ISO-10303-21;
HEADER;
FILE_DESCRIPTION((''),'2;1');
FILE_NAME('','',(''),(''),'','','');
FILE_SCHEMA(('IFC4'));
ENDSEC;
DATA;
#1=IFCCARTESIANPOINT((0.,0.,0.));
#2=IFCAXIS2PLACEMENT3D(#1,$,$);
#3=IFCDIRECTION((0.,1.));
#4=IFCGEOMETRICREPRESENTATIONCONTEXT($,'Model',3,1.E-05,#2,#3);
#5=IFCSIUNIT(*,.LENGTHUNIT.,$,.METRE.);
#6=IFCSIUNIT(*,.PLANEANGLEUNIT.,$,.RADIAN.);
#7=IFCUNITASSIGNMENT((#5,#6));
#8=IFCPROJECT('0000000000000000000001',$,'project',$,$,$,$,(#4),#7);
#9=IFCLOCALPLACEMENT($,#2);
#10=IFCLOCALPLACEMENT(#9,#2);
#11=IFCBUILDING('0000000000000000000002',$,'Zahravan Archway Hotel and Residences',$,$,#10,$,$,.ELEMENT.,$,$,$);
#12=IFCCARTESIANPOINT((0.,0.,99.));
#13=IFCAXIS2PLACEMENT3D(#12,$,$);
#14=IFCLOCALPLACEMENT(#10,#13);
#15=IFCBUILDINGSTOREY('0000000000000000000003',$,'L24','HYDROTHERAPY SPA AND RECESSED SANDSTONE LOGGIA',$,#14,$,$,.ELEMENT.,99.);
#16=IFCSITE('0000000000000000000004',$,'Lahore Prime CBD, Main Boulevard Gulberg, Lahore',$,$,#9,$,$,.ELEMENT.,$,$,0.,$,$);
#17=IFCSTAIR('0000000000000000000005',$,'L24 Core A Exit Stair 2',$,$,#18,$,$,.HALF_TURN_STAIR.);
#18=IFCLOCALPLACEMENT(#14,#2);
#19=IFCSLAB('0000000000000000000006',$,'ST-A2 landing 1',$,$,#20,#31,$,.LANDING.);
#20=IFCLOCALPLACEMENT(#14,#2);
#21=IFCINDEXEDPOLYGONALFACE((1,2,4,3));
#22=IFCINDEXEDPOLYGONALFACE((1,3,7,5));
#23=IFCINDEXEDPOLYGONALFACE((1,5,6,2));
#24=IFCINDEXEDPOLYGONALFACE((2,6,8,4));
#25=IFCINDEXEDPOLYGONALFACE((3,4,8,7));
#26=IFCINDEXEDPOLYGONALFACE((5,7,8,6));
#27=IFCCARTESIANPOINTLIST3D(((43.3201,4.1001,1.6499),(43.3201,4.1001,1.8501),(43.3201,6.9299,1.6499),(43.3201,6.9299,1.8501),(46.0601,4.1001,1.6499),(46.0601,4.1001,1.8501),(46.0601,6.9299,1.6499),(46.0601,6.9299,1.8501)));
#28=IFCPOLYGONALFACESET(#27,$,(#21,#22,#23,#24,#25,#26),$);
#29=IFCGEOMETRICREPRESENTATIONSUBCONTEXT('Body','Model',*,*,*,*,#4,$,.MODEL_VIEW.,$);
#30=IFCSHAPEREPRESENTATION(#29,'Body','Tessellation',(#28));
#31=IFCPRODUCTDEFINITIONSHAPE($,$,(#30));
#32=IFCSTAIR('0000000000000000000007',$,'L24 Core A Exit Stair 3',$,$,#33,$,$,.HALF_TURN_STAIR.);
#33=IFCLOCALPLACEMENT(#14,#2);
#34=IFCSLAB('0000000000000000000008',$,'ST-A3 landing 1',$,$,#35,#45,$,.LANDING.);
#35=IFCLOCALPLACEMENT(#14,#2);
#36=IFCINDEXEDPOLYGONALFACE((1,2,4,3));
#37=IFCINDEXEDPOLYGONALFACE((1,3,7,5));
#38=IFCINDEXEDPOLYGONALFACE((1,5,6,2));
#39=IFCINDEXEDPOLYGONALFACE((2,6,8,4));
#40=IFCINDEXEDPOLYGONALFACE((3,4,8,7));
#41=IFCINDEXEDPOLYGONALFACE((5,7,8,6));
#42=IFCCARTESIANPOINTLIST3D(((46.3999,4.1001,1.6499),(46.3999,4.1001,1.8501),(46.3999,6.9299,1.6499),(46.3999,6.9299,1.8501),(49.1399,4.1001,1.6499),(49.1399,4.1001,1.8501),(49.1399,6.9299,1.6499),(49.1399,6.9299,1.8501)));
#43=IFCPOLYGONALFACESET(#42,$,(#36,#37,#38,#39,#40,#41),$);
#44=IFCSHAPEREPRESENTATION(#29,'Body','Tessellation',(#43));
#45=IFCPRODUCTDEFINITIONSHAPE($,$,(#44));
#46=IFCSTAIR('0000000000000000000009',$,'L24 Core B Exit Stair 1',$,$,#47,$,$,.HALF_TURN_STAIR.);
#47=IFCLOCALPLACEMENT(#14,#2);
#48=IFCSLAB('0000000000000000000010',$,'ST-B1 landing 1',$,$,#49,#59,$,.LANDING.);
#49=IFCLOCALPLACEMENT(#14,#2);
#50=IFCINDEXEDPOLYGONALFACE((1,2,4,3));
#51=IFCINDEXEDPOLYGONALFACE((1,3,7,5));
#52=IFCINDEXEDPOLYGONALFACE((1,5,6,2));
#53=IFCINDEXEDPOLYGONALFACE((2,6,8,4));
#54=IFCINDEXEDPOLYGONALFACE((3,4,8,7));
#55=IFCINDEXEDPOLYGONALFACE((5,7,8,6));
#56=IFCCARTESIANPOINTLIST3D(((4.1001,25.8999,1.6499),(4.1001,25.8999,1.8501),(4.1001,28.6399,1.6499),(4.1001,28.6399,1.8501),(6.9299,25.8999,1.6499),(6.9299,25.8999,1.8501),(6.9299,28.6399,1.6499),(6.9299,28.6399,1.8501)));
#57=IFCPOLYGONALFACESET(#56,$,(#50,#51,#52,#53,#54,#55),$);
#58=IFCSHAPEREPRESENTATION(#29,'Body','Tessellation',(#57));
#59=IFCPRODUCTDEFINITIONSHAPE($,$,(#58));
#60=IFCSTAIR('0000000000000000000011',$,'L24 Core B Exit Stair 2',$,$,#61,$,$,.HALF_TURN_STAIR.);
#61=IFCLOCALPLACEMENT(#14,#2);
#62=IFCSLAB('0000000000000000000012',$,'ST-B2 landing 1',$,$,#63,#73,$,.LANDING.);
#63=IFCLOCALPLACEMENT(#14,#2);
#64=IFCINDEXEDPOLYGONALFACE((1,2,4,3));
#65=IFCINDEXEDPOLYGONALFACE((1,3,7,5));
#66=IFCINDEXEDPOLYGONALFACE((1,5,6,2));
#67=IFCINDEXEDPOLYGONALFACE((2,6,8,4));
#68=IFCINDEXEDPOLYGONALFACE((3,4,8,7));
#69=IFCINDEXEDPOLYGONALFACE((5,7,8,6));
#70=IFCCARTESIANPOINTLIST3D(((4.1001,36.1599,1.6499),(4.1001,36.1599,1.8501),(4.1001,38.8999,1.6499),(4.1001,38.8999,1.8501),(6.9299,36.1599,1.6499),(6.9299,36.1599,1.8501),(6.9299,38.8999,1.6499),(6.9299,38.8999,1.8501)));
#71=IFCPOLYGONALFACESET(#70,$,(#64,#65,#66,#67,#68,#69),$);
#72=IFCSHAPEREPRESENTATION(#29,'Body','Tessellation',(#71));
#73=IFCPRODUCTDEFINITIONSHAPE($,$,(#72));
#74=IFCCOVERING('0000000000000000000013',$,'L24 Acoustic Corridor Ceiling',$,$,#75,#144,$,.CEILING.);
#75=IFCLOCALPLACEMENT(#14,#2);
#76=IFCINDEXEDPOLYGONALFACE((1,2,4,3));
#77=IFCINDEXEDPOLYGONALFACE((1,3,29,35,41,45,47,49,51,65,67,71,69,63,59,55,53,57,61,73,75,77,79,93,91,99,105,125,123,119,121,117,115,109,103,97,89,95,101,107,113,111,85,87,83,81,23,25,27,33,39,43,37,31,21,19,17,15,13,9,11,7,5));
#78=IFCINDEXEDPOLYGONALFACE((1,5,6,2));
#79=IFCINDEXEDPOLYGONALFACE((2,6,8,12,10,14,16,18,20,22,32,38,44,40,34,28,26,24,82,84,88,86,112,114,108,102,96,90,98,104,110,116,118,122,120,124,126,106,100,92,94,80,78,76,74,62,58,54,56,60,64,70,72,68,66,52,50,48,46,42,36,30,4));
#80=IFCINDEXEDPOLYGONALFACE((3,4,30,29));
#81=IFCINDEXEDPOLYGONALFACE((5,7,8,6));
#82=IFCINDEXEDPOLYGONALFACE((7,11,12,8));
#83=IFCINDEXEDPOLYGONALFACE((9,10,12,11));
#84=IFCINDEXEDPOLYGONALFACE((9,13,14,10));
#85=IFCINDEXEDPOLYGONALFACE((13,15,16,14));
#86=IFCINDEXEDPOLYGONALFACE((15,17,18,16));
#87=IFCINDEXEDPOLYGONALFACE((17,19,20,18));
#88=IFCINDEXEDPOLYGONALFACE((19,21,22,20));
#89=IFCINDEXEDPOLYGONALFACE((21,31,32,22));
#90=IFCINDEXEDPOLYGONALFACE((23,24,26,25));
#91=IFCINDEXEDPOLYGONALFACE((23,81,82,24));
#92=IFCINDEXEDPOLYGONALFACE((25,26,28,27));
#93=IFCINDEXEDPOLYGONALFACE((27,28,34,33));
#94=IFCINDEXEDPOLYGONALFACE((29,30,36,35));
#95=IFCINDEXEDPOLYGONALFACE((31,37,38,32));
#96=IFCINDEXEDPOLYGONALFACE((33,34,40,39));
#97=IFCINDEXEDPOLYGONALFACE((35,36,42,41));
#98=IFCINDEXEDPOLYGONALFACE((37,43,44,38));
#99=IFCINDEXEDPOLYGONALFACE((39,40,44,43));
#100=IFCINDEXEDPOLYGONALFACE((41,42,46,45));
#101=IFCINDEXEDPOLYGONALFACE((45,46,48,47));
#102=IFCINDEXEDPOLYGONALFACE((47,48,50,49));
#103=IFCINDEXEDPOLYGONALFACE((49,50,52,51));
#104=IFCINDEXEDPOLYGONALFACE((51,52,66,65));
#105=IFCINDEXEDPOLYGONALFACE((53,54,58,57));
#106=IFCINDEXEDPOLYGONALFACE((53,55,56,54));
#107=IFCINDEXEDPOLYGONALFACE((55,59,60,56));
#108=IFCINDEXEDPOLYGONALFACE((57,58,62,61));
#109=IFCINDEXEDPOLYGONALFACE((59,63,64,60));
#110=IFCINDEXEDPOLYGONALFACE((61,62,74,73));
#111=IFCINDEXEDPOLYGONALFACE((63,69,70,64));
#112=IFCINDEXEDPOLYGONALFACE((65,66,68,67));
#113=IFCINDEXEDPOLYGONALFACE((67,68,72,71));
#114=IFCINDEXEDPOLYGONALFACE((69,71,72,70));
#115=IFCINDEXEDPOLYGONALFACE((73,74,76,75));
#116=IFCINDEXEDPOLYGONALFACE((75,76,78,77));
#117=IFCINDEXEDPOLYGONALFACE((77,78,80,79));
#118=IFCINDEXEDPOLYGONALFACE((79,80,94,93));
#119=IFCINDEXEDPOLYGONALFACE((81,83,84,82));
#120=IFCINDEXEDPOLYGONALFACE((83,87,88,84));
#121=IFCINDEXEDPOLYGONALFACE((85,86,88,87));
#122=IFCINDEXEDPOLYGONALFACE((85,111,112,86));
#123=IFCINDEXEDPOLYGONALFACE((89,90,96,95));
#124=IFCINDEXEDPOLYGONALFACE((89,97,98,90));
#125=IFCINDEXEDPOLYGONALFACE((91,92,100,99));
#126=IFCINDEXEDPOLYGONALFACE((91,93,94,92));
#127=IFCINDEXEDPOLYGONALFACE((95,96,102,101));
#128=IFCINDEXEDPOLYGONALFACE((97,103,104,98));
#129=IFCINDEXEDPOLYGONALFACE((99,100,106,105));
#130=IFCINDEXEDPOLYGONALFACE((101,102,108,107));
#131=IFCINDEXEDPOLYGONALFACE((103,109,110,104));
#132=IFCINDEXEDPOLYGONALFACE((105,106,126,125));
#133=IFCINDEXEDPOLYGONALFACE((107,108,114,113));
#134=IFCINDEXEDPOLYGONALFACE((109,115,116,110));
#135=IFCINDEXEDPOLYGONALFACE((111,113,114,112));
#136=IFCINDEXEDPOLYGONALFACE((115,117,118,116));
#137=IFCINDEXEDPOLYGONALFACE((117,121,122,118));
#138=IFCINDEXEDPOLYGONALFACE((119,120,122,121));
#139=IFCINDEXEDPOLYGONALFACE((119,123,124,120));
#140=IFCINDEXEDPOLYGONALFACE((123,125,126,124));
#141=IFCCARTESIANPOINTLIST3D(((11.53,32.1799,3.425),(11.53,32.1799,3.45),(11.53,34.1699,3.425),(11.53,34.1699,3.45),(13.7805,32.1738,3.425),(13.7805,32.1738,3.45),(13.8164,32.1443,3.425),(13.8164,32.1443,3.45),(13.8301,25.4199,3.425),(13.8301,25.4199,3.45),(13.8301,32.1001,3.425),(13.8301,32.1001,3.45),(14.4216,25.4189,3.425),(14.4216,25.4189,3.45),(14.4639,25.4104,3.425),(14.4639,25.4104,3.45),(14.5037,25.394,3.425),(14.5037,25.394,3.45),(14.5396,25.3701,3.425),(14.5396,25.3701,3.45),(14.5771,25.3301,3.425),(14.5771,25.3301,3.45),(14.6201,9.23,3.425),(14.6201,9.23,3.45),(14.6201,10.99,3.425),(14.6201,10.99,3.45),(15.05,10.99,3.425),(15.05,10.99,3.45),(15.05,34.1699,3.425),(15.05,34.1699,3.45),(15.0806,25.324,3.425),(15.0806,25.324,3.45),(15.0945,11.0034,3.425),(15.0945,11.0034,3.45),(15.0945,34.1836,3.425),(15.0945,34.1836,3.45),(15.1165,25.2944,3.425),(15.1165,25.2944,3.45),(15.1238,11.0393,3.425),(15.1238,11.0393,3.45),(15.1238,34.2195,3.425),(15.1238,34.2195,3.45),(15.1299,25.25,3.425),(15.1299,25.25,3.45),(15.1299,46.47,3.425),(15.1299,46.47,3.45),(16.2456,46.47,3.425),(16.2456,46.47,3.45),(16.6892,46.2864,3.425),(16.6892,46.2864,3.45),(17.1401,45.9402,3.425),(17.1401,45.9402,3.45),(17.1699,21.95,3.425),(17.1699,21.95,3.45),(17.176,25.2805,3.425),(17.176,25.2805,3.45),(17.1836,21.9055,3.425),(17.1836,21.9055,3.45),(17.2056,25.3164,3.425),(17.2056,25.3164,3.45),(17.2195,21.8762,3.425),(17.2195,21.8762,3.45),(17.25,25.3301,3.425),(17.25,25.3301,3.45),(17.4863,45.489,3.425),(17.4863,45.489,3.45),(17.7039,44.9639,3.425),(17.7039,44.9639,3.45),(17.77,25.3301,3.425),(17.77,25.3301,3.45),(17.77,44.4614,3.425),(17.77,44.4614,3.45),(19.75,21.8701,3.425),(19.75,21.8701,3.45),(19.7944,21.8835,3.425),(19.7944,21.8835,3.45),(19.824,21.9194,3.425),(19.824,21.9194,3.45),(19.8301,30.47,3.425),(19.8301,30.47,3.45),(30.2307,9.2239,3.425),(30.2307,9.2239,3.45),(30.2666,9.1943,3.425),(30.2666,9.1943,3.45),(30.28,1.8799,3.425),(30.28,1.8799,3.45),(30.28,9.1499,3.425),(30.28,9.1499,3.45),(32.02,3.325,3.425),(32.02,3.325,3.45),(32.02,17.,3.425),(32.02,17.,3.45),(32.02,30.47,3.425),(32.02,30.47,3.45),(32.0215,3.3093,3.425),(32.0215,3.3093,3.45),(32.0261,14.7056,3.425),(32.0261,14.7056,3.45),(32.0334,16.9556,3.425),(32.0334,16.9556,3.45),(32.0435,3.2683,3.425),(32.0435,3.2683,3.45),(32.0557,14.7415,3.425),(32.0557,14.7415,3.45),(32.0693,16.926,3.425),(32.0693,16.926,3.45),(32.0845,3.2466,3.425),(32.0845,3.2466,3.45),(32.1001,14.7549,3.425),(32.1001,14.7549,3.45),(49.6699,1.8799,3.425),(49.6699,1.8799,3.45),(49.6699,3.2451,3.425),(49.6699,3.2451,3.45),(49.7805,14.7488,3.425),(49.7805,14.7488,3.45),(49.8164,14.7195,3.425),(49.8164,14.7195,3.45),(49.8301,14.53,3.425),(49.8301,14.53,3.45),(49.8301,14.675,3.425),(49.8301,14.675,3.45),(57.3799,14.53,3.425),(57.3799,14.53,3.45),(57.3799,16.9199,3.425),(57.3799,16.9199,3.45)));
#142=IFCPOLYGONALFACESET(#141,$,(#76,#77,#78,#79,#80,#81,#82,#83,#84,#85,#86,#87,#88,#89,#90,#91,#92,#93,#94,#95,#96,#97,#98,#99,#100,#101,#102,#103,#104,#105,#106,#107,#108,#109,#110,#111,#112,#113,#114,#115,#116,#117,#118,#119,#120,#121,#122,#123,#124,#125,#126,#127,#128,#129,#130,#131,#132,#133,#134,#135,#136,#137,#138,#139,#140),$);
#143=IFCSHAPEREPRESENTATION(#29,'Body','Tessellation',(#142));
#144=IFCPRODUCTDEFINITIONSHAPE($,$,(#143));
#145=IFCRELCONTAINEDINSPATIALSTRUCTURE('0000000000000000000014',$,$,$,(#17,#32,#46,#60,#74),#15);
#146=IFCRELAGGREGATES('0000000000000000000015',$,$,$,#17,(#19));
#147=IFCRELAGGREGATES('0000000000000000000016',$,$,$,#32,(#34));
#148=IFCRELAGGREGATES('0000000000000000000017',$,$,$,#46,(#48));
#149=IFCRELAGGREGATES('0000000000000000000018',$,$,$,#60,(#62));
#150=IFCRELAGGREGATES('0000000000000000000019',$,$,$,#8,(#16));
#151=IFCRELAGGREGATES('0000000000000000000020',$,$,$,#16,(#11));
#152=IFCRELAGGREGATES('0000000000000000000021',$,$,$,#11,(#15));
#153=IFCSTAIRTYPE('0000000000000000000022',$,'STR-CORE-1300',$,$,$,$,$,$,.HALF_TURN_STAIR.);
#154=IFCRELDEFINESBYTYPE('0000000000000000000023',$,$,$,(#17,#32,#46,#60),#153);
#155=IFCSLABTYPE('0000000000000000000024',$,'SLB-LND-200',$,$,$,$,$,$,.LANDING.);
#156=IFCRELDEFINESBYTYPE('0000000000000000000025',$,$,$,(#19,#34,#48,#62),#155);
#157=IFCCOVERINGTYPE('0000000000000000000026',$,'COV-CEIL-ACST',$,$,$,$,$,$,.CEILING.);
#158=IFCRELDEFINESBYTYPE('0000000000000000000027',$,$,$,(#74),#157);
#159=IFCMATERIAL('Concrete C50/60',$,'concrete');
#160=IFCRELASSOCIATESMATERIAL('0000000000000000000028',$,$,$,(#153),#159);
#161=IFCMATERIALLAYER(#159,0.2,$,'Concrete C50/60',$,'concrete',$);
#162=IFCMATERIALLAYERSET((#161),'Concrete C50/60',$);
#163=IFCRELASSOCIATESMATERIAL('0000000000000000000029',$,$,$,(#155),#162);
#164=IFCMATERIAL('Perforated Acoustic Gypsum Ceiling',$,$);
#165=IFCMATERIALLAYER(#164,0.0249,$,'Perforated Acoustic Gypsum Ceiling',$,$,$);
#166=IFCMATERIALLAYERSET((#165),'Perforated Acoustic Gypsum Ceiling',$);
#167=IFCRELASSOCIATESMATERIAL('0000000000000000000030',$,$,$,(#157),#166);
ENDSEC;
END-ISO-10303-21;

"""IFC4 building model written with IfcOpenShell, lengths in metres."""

from ifc_helpers import new_model, si_unit, direction, frame, origin, place, context, subcontext, project, spatial, polyline, outline, extrude, material, layer, layer_set, type_object, element, aggregate, save


model = new_model("IFC4")

# Units and contexts
model_context = context("Model", 3, precision=1e-05, world=origin(), true_north=direction((0.0, 1.0)))
body_context = subcontext(model_context, "Body", "Model", "MODEL_VIEW")
ifc_project = project(units=[si_unit("LENGTHUNIT", "METRE"), si_unit("PLANEANGLEUNIT", "RADIAN")], contexts=[model_context])

# Site, building, storey
site_placement = place(None, origin())
site = spatial("IfcSite", under=ifc_project, at=site_placement, Name="Lahore Prime CBD, Main Boulevard Gulberg, Lahore", CompositionType="ELEMENT", RefElevation=0.0)
building_placement = place(site_placement, origin())
building = spatial("IfcBuilding", under=site, at=building_placement, Name="Zahravan Archway Hotel and Residences", CompositionType="ELEMENT")
storey_placement = place(building_placement, frame((0.0, 0.0, 99.0)))
storey = spatial("IfcBuildingStorey", under=building, at=storey_placement, Name="L24", Description="HYDROTHERAPY SPA AND RECESSED SANDSTONE LOGGIA", CompositionType="ELEMENT", Elevation=99.0)

# Stairs, slabs
ifc_material_1 = material(Name="Concrete C50/60", Category="concrete")
stair_type = type_object("IfcStairType", Name="STR-CORE-1300", PredefinedType="HALF_TURN_STAIR", material=ifc_material_1)
ifc_layer_1 = layer(ifc_material_1, 0.2, Name="Concrete C50/60", Category="concrete")
ifc_layer_set_1 = layer_set([ifc_layer_1], Name="Concrete C50/60")
slab_type_1 = type_object("IfcSlabType", Name="SLB-LND-200", PredefinedType="LANDING", material=ifc_layer_set_1)
stair_1_placement = place(storey_placement, origin())
stair_1 = element("IfcStair", 1, at=stair_1_placement, inside=storey, type_object=stair_type, Name="L24 Core A Exit Stair 2", PredefinedType="HALF_TURN_STAIR")
slab_1_placement = place(storey_placement, frame((0.0, 0.0, 1.6499)))
slab_1 = element("IfcSlab", 2, at=slab_1_placement, type_object=slab_type_1, Name="ST-A2 landing 1", PredefinedType="LANDING", context=body_context, shape_type="SweptSolid", body=[
    extrude(outline(polyline([(43.3201, 6.9299), (43.3201, 4.1001), (46.0601, 4.1001), (46.0601, 6.9299), (43.3201, 6.9299)])), origin(), (0.0, 0.0, 1.0), 0.2002),
])
aggregate(stair_1, [slab_1])
stair_2_placement = place(storey_placement, origin())
stair_2 = element("IfcStair", 3, at=stair_2_placement, inside=storey, type_object=stair_type, Name="L24 Core A Exit Stair 3", PredefinedType="HALF_TURN_STAIR")
slab_2_placement = place(storey_placement, frame((0.0, 0.0, 1.6499)))
slab_2 = element("IfcSlab", 4, at=slab_2_placement, type_object=slab_type_1, Name="ST-A3 landing 1", PredefinedType="LANDING", context=body_context, shape_type="SweptSolid", body=[
    extrude(outline(polyline([(46.3999, 6.9299), (46.3999, 4.1001), (49.1399, 4.1001), (49.1399, 6.9299), (46.3999, 6.9299)])), origin(), (0.0, 0.0, 1.0), 0.2002),
])
aggregate(stair_2, [slab_2])
stair_3_placement = place(storey_placement, origin())
stair_3 = element("IfcStair", 5, at=stair_3_placement, inside=storey, type_object=stair_type, Name="L24 Core B Exit Stair 1", PredefinedType="HALF_TURN_STAIR")
slab_3_placement = place(storey_placement, frame((0.0, 0.0, 1.6499)))
slab_3 = element("IfcSlab", 6, at=slab_3_placement, type_object=slab_type_1, Name="ST-B1 landing 1", PredefinedType="LANDING", context=body_context, shape_type="SweptSolid", body=[
    extrude(outline(polyline([(6.9299, 28.6399), (4.1001, 28.6399), (4.1001, 25.8999), (6.9299, 25.8999), (6.9299, 28.6399)])), origin(), (0.0, 0.0, 1.0), 0.2002),
])
aggregate(stair_3, [slab_3])
stair_4_placement = place(storey_placement, origin())
stair_4 = element("IfcStair", 7, at=stair_4_placement, inside=storey, type_object=stair_type, Name="L24 Core B Exit Stair 2", PredefinedType="HALF_TURN_STAIR")
slab_4_placement = place(storey_placement, frame((0.0, 0.0, 1.6499)))
slab_4 = element("IfcSlab", 8, at=slab_4_placement, type_object=slab_type_1, Name="ST-B2 landing 1", PredefinedType="LANDING", context=body_context, shape_type="SweptSolid", body=[
    extrude(outline(polyline([(6.9299, 38.8999), (4.1001, 38.8999), (4.1001, 36.1599), (6.9299, 36.1599), (6.9299, 38.8999)])), origin(), (0.0, 0.0, 1.0), 0.2002),
])
aggregate(stair_4, [slab_4])

# Covering
ifc_material_2 = material(Name="Perforated Acoustic Gypsum Ceiling")
ifc_layer_2 = layer(ifc_material_2, 0.0249, Name="Perforated Acoustic Gypsum Ceiling")
ifc_layer_set_2 = layer_set([ifc_layer_2], Name="Perforated Acoustic Gypsum Ceiling")
covering_type_1 = type_object("IfcCoveringType", Name="COV-CEIL-ACST", PredefinedType="CEILING", material=ifc_layer_set_2)
covering_1_placement = place(storey_placement, frame((0.0, 0.0, 3.425)))
element("IfcCovering", 9, at=covering_1_placement, inside=storey, type_object=covering_type_1, Name="L24 Acoustic Corridor Ceiling", PredefinedType="CEILING", context=body_context, shape_type="SweptSolid", body=[
    extrude(outline(polyline([(32.0215, 3.3093), (32.0435, 3.2683), (32.0845, 3.2466), (49.6699, 3.2451), (49.6699, 1.8799), (30.28, 1.8799), (30.28, 9.1499), (30.2666, 9.1943), (30.2307, 9.2239), (14.6201, 9.23), (14.6201, 10.99), (15.05, 10.99), (15.0945, 11.0034), (15.1238, 11.0393), (15.1299, 25.25), (15.1165, 25.2944), (15.0806, 25.324), (14.5771, 25.3301), (14.5396, 25.3701), (14.5037, 25.394), (14.4639, 25.4104), (14.4216, 25.4189), (13.8301, 25.4199), (13.8301, 32.1001), (13.8164, 32.1443), (13.7805, 32.1738), (11.53, 32.1799), (11.53, 34.1699), (15.05, 34.1699), (15.0945, 34.1836), (15.1238, 34.2195), (15.1299, 46.47), (16.2456, 46.47), (16.6892, 46.2864), (17.1401, 45.9402), (17.4863, 45.489), (17.7039, 44.9639), (17.77, 44.4614), (17.77, 25.3301), (17.25, 25.3301), (17.2056, 25.3164), (17.176, 25.2805), (17.1699, 21.95), (17.1836, 21.9055), (17.2195, 21.8762), (19.75, 21.8701), (19.7944, 21.8835), (19.824, 21.9194), (19.8301, 30.47), (32.02, 30.47), (32.02, 17.0), (32.0334, 16.9556), (32.0693, 16.926), (57.3799, 16.9199), (57.3799, 14.53), (49.8301, 14.53), (49.8301, 14.675), (49.8164, 14.7195), (49.7805, 14.7488), (32.1001, 14.7549), (32.0557, 14.7415), (32.0261, 14.7056), (32.02, 3.325), (32.0215, 3.3093)])), origin(), (0.0, 0.0, 1.0), 0.0249),
])

save(model, "model.ifc")
